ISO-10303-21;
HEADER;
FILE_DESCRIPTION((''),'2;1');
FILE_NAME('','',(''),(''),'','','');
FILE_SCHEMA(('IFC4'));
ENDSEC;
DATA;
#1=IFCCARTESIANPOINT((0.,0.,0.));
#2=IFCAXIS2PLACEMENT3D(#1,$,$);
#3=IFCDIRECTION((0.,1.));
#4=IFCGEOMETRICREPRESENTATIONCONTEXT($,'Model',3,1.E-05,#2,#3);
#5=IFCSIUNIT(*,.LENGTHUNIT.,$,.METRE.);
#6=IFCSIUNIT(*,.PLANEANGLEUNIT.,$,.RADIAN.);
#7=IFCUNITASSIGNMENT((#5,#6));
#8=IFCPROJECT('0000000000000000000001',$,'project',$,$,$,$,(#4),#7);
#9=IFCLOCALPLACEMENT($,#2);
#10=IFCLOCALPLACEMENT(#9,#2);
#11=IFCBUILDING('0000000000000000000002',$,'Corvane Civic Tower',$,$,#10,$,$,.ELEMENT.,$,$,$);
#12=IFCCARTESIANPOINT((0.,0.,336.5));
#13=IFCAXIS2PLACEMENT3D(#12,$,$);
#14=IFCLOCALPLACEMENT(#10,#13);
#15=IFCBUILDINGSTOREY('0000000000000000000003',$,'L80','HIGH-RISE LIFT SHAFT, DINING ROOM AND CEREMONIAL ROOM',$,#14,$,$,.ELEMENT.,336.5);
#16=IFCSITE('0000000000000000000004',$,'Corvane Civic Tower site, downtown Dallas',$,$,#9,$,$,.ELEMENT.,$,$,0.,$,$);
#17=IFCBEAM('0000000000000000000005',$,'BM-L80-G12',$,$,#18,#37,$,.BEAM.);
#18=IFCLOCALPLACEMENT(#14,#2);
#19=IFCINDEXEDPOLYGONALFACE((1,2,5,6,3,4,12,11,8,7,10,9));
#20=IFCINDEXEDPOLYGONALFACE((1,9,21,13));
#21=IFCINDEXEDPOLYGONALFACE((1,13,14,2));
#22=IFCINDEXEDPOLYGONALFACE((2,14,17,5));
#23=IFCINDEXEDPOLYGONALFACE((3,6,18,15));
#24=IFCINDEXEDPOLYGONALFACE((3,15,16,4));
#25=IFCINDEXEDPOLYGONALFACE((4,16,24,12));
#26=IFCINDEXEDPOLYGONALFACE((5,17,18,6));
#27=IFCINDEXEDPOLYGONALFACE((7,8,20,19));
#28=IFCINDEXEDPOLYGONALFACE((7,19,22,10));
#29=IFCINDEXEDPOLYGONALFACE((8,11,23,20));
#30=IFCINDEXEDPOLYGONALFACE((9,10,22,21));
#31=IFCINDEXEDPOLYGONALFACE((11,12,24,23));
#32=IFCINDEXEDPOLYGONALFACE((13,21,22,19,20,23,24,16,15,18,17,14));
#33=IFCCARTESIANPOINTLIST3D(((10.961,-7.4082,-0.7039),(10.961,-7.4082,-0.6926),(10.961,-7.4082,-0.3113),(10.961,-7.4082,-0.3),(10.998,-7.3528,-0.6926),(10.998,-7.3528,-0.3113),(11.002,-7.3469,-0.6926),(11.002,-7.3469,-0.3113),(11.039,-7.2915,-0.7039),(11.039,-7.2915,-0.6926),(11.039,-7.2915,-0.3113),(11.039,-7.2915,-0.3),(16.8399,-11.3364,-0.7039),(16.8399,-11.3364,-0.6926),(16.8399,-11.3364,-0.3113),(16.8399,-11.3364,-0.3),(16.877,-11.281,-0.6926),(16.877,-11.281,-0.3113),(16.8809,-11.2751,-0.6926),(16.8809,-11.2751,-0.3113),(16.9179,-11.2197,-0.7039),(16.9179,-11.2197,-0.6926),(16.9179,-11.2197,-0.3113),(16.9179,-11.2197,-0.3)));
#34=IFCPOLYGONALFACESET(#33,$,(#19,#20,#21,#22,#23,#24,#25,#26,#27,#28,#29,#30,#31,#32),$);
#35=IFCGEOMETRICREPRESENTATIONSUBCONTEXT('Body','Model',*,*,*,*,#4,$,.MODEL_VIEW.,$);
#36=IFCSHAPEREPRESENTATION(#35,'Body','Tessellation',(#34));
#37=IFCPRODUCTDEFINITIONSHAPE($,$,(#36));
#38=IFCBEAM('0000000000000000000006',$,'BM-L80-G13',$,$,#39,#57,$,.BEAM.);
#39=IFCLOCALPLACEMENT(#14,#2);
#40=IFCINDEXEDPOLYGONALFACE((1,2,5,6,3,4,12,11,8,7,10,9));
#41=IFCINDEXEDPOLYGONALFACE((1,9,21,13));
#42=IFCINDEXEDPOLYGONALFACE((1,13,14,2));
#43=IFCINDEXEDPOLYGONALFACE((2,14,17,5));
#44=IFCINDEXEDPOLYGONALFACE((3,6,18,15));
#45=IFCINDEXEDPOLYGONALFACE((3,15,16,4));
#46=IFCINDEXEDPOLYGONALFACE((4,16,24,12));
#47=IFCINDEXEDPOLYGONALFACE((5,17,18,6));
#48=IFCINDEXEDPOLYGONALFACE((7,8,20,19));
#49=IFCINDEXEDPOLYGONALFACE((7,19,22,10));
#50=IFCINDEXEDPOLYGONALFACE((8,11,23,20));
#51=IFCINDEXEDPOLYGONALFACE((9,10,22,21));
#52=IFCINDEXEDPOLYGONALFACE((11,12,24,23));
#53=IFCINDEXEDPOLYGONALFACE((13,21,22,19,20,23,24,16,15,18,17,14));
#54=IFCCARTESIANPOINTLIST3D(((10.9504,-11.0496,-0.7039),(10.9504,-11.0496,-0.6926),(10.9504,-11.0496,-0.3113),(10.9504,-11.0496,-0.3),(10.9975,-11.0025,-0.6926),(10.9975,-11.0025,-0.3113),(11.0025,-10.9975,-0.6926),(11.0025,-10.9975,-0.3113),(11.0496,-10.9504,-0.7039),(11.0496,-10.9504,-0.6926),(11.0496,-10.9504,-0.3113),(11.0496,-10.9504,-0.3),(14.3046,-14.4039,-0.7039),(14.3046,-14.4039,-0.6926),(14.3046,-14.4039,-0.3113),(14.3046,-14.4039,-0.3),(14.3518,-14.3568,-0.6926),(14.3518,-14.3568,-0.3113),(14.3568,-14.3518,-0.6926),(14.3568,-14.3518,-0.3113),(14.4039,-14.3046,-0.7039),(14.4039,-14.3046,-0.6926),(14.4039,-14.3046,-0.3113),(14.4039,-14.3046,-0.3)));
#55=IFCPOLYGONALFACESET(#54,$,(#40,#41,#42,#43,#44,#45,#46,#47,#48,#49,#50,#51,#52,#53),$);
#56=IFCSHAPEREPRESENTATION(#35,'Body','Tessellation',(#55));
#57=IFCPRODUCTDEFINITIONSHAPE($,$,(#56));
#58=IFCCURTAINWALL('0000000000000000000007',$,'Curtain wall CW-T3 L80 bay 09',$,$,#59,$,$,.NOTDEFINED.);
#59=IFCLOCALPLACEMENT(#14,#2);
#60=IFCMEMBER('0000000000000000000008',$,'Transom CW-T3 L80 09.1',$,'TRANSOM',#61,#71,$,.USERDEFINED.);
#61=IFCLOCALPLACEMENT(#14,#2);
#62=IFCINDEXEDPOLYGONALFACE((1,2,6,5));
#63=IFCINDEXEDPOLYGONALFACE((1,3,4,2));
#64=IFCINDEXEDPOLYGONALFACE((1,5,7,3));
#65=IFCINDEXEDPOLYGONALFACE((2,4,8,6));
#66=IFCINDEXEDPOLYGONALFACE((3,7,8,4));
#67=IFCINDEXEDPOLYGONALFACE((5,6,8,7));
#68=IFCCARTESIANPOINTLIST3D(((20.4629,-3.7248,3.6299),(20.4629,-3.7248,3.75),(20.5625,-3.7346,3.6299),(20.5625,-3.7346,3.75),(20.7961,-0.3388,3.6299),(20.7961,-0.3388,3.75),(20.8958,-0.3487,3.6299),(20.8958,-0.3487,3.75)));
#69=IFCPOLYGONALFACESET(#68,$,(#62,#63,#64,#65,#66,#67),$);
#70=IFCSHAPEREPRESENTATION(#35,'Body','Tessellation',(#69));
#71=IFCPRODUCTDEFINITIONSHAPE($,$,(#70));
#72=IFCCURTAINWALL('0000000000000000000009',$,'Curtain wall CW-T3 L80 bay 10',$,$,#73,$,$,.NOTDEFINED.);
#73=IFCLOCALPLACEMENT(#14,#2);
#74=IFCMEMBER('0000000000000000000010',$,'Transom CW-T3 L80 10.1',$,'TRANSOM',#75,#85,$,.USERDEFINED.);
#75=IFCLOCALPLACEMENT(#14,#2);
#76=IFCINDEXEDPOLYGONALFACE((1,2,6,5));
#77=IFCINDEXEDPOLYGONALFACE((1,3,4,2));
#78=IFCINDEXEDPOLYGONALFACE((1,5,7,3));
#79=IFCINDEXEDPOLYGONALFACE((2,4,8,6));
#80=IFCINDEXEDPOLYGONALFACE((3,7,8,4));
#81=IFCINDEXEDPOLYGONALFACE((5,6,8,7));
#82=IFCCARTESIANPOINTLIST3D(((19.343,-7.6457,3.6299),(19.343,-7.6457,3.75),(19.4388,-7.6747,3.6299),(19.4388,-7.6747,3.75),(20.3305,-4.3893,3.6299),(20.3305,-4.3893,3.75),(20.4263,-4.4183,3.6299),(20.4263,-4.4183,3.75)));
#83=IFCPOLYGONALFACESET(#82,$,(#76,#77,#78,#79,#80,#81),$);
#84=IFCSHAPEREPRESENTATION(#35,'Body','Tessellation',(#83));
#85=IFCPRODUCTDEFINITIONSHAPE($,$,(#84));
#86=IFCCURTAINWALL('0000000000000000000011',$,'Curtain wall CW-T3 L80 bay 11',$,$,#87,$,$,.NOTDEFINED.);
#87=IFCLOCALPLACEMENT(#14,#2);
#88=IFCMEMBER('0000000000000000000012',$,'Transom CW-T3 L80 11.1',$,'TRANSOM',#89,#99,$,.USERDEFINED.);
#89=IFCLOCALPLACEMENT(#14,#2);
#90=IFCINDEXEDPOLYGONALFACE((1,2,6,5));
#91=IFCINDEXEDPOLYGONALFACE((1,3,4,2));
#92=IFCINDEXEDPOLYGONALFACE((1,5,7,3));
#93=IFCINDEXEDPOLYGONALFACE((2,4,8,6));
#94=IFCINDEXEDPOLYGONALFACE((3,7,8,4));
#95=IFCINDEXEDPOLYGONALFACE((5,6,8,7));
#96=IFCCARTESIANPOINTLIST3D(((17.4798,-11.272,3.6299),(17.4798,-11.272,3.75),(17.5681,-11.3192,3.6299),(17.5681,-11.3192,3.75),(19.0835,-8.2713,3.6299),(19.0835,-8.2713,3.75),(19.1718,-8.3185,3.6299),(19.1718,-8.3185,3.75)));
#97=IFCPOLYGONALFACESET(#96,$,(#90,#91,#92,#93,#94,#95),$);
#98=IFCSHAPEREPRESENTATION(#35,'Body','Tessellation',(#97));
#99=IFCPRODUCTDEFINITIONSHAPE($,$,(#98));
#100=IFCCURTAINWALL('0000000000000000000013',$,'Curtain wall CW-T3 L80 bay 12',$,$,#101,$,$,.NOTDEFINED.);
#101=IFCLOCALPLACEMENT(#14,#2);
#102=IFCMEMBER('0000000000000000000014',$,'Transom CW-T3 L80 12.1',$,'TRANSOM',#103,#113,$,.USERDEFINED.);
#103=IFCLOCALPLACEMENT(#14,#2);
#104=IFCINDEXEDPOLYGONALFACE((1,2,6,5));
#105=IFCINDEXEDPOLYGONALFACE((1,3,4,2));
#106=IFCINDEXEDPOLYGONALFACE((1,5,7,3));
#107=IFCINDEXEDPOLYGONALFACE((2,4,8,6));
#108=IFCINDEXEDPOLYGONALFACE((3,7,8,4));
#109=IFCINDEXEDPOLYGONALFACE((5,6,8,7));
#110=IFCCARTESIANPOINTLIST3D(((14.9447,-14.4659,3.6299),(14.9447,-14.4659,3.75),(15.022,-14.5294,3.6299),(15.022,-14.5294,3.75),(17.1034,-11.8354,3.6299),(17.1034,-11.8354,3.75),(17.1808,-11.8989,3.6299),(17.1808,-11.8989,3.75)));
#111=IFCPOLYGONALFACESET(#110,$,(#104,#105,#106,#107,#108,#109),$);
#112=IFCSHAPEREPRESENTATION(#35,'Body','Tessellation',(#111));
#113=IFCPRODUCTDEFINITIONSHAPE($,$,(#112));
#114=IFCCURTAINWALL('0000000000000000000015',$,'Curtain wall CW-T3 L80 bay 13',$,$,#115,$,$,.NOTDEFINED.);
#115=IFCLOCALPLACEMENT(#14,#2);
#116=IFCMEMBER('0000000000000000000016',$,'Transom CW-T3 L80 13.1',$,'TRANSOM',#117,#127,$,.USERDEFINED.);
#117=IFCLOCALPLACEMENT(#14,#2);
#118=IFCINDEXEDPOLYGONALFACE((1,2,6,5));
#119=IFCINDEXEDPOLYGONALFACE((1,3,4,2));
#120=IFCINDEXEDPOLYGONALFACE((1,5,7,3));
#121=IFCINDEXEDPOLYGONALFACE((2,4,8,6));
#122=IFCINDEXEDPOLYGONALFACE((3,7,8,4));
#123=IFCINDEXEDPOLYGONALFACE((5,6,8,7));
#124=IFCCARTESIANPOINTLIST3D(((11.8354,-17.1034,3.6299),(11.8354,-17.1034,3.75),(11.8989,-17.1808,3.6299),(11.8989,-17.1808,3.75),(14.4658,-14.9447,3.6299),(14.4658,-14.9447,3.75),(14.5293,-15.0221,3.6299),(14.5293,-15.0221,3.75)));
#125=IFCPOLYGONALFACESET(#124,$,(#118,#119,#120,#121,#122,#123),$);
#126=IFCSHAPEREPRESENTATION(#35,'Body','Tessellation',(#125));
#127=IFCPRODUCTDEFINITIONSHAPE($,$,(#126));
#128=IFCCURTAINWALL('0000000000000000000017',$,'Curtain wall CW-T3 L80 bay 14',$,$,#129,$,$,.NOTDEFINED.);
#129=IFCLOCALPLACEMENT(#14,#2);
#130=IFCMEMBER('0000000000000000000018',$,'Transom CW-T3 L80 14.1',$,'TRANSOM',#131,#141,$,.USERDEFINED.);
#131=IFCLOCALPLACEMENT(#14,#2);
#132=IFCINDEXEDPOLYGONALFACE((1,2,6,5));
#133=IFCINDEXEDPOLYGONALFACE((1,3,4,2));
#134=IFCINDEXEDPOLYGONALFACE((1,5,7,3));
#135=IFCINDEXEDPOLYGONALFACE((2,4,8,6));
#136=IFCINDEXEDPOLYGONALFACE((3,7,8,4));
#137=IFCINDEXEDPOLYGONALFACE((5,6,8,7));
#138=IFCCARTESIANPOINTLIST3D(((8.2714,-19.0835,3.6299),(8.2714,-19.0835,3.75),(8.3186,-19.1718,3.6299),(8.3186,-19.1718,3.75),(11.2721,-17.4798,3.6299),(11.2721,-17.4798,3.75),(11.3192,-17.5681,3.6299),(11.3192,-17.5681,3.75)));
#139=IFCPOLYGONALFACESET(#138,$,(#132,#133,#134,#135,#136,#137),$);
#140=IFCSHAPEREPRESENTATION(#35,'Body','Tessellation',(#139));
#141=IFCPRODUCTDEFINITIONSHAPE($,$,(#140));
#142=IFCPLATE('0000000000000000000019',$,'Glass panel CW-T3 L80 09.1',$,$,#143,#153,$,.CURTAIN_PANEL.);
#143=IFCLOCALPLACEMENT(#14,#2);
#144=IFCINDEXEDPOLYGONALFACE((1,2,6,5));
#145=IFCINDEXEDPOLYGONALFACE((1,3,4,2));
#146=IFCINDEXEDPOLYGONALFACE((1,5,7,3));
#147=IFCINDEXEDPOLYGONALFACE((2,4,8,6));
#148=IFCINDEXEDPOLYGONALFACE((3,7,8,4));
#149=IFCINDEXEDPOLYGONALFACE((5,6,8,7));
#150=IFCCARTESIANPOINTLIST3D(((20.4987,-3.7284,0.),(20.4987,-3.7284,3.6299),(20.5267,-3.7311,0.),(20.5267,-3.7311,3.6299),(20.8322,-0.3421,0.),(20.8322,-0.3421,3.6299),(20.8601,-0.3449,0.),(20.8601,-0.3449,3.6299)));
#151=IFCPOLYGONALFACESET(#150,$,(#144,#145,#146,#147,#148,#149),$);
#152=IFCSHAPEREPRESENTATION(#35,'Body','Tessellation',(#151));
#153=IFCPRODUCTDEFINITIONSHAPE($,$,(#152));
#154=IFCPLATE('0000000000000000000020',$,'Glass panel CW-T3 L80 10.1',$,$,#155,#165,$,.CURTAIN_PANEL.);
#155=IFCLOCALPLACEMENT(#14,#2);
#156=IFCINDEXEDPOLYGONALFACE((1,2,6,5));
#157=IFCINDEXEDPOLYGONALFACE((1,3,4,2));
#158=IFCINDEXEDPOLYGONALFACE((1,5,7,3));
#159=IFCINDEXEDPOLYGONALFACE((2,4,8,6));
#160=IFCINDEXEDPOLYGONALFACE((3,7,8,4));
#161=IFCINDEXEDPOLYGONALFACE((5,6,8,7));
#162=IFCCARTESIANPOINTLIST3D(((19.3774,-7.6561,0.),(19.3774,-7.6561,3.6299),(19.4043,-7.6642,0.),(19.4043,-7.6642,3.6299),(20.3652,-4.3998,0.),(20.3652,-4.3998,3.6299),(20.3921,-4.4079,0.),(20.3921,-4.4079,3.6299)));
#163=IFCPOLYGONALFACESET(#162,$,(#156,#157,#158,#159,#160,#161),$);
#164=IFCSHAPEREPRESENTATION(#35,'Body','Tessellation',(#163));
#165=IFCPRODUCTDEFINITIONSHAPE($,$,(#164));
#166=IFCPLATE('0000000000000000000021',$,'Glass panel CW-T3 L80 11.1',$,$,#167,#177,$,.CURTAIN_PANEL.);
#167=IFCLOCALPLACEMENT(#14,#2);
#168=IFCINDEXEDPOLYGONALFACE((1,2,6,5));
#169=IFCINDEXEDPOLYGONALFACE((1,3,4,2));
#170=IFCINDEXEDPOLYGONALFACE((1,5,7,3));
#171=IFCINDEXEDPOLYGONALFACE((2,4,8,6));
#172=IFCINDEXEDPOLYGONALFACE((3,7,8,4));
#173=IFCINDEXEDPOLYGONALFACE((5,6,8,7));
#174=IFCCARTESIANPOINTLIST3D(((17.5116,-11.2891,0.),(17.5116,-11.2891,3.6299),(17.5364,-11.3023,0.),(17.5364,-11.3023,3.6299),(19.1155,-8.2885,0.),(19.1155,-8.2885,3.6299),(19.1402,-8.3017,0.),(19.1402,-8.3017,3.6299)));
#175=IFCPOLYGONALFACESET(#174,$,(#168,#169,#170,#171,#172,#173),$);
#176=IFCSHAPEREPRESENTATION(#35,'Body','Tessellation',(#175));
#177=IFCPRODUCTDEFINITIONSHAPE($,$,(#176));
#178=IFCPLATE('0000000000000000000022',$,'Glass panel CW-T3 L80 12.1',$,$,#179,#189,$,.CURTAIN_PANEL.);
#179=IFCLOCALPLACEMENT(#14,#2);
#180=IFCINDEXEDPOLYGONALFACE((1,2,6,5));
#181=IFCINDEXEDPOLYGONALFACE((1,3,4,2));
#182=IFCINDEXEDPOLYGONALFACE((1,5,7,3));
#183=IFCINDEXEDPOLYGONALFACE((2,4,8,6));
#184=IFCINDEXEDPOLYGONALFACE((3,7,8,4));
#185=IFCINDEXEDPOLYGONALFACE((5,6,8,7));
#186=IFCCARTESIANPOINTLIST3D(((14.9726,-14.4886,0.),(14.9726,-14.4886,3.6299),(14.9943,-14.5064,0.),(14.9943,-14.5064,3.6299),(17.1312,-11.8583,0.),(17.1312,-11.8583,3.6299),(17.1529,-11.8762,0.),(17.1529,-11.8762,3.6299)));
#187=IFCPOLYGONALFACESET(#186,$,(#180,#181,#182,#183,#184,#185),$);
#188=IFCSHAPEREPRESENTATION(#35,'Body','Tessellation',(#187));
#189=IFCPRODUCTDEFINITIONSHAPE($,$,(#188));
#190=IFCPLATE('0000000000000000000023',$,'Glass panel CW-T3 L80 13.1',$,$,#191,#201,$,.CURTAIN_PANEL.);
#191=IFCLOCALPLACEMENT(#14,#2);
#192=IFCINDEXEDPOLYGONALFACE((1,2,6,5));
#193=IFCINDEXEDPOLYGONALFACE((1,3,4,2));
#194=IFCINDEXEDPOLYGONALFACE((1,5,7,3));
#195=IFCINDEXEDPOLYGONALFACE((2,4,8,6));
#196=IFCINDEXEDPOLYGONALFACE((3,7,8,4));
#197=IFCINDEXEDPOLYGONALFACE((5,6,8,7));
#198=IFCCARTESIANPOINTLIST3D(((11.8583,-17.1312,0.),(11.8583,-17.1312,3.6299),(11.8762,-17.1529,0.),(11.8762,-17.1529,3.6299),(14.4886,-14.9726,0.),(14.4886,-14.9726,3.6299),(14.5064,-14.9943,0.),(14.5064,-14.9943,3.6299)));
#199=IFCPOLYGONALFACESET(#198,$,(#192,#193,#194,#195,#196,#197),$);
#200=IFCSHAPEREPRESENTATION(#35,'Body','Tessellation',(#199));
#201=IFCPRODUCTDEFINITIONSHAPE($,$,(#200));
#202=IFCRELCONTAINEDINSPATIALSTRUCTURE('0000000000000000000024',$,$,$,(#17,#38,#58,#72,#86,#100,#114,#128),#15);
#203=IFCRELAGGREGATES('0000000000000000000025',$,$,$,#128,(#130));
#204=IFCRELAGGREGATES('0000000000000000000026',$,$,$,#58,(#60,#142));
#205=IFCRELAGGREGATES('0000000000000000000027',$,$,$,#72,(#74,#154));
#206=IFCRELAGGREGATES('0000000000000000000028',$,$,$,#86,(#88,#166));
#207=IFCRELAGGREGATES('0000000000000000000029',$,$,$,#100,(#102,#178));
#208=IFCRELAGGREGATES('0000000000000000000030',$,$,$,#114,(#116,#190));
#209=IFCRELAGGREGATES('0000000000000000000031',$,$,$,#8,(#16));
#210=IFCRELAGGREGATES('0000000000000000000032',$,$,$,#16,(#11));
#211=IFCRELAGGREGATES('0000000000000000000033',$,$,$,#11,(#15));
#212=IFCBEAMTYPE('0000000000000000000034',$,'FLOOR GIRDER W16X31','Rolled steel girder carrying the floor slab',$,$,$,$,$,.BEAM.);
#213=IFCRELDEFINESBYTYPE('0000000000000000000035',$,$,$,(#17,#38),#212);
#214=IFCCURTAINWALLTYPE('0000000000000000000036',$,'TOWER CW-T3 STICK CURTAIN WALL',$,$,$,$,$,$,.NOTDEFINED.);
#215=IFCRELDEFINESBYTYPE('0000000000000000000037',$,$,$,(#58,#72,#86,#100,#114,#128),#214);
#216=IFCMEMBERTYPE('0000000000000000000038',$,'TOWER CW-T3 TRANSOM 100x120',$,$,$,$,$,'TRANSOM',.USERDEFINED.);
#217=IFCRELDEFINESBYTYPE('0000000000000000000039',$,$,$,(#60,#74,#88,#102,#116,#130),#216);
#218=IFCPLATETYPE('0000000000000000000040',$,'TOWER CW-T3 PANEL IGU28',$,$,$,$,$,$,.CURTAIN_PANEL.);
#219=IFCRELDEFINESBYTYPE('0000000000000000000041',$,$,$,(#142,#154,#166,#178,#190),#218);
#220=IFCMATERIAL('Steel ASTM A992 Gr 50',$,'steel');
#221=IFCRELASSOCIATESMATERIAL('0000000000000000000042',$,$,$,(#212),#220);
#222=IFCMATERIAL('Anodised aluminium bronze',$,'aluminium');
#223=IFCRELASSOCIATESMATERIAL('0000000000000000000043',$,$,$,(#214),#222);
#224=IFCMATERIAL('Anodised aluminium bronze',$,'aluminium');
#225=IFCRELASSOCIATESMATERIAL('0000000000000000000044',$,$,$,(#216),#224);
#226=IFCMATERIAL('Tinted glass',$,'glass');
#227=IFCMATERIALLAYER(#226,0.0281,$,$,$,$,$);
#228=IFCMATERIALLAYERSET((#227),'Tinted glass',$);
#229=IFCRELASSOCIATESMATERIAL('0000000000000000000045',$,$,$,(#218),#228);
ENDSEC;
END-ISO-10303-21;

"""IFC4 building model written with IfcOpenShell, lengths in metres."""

from ifc_helpers import new_model, si_unit, direction, frame, origin, origin_2d, place, context, subcontext, project, spatial, rectangle, i_section, extrude, material, layer, layer_set, material_profile, profile_set, type_object, element, aggregate, save


model = new_model("IFC4")

# Units and contexts
model_context = context("Model", 3, precision=1e-05, world=origin(), true_north=direction((0.0, 1.0)))
body_context = subcontext(model_context, "Body", "Model", "MODEL_VIEW")
ifc_project = project(units=[si_unit("LENGTHUNIT", "METRE"), si_unit("PLANEANGLEUNIT", "RADIAN")], contexts=[model_context])

# Site, building, storey
site_placement = place(None, origin())
site = spatial("IfcSite", under=ifc_project, at=site_placement, Name="Corvane Civic Tower site, downtown Dallas", CompositionType="ELEMENT", RefElevation=0.0)
building_placement = place(site_placement, origin())
building = spatial("IfcBuilding", under=site, at=building_placement, Name="Corvane Civic Tower", CompositionType="ELEMENT")
storey_placement = place(building_placement, frame((0.0, 0.0, 336.5)))
storey = spatial("IfcBuildingStorey", under=building, at=storey_placement, Name="L80", Description="HIGH-RISE LIFT SHAFT, DINING ROOM AND CEREMONIAL ROOM", CompositionType="ELEMENT", Elevation=336.5)

# Beams
ifc_material_1 = material(Name="Steel ASTM A992 Gr 50", Category="steel")
ifc_material_profile_1 = material_profile(ifc_material_1, i_section(OverallWidth=0.1404, OverallDepth=0.4038, WebThickness=0.0071, FlangeThickness=0.0112, at=origin_2d()), Name="W16X31")
ifc_profile_set_1 = profile_set([ifc_material_profile_1], Name="Steel ASTM A992 Gr 50")
beam_type_1 = type_object("IfcBeamType", Name="FLOOR GIRDER W16X31", Description="Rolled steel girder carrying the floor slab", PredefinedType="BEAM", material=ifc_profile_set_1)
beam_1_placement = place(storey_placement, frame((11.0, -7.3499, -0.502), z_axis=(0.831465, -0.555576, 0.0), x_axis=(0.555576, 0.831465, 0.0)))
element("IfcBeam", 1, at=beam_1_placement, inside=storey, type_object=beam_type_1, Name="BM-L80-G12", PredefinedType="BEAM", context=body_context, shape_type="SweptSolid", body=[
    extrude(i_section(OverallWidth=0.1404, OverallDepth=0.4038, WebThickness=0.0071, FlangeThickness=0.0112, at=origin_2d()), origin(), (0.0, 0.0, 1.0), 7.0706),
])
beam_2_placement = place(storey_placement, frame((11.0, -11.0, -0.502), z_axis=(0.707107, -0.707107, 0.0), x_axis=(0.707107, 0.707107, 0.0)))
element("IfcBeam", 2, at=beam_2_placement, inside=storey, type_object=beam_type_1, Name="BM-L80-G13", PredefinedType="BEAM", context=body_context, shape_type="SweptSolid", body=[
    extrude(i_section(OverallWidth=0.1404, OverallDepth=0.4038, WebThickness=0.0071, FlangeThickness=0.0112, at=origin_2d()), origin(), (0.0, 0.0, 1.0), 4.7437),
])

# Curtain walls, members
ifc_material_2 = material(Name="Anodised aluminium bronze", Category="aluminium")
curtain_wall_type = type_object("IfcCurtainWallType", Name="TOWER CW-T3 STICK CURTAIN WALL", PredefinedType="NOTDEFINED", material=ifc_material_2)
curtain_wall_1_placement = place(storey_placement, origin())
curtain_wall_1 = element("IfcCurtainWall", 3, at=curtain_wall_1_placement, inside=storey, type_object=curtain_wall_type, Name="Curtain wall CW-T3 L80 bay 09", PredefinedType="NOTDEFINED")
ifc_material_3 = material(Name="Anodised aluminium bronze", Category="aluminium")
ifc_material_profile_2 = material_profile(ifc_material_3, rectangle(XDim=0.1001, YDim=0.1201, at=origin_2d()), Name="TOWER CW-T3 TRANSOM 100x120")
ifc_profile_set_2 = profile_set([ifc_material_profile_2], Name="Anodised aluminium bronze")
member_type = type_object("IfcMemberType", Name="TOWER CW-T3 TRANSOM 100x120", ElementType="TRANSOM", PredefinedType="USERDEFINED", material=ifc_profile_set_2)
member_1_placement = place(storey_placement, frame((20.8459, -0.3438, 3.6899), z_axis=(-0.097948, -0.995192, 0.0), x_axis=(0.995192, -0.097948, 0.0)))
member_1 = element("IfcMember", 4, at=member_1_placement, type_object=member_type, Name="Transom CW-T3 L80 09.1", ObjectType="TRANSOM", PredefinedType="USERDEFINED", context=body_context, shape_type="SweptSolid", body=[
    extrude(rectangle(XDim=0.1001, YDim=0.1201, at=origin_2d()), origin(), (0.0, 0.0, 1.0), 3.4023),
])
curtain_wall_2_placement = place(storey_placement, origin())
curtain_wall_2 = element("IfcCurtainWall", 5, at=curtain_wall_2_placement, inside=storey, type_object=curtain_wall_type, Name="Curtain wall CW-T3 L80 bay 10", PredefinedType="NOTDEFINED")
member_2_placement = place(storey_placement, frame((20.3784, -4.4038, 3.6899), z_axis=(-0.290216, -0.956961, 0.0), x_axis=(0.956961, -0.290216, 0.0)))
member_2 = element("IfcMember", 6, at=member_2_placement, type_object=member_type, Name="Transom CW-T3 L80 10.1", ObjectType="TRANSOM", PredefinedType="USERDEFINED", context=body_context, shape_type="SweptSolid", body=[
    extrude(rectangle(XDim=0.1001, YDim=0.1201, at=origin_2d()), origin(), (0.0, 0.0, 1.0), 3.4028),
])
curtain_wall_3_placement = place(storey_placement, origin())
curtain_wall_3 = element("IfcCurtainWall", 7, at=curtain_wall_3_placement, inside=storey, type_object=curtain_wall_type, Name="Curtain wall CW-T3 L80 bay 11", PredefinedType="NOTDEFINED")
member_3_placement = place(storey_placement, frame((19.1277, -8.2949, 3.6899), z_axis=(-0.471359, -0.881941, 0.0), x_axis=(0.881941, -0.471359, 0.0)))
member_3 = element("IfcMember", 8, at=member_3_placement, type_object=member_type, Name="Transom CW-T3 L80 11.1", ObjectType="TRANSOM", PredefinedType="USERDEFINED", context=body_context, shape_type="SweptSolid", body=[
    extrude(rectangle(XDim=0.1001, YDim=0.1201, at=origin_2d()), origin(), (0.0, 0.0, 1.0), 3.4023),
])
curtain_wall_4_placement = place(storey_placement, origin())
curtain_wall_4 = element("IfcCurtainWall", 9, at=curtain_wall_4_placement, inside=storey, type_object=curtain_wall_type, Name="Curtain wall CW-T3 L80 bay 12", PredefinedType="NOTDEFINED")
member_4_placement = place(storey_placement, frame((17.1421, -11.8672, 3.6899), z_axis=(-0.634394, -0.77301, 0.0), x_axis=(0.77301, -0.634394, 0.0)))
member_4 = element("IfcMember", 10, at=member_4_placement, type_object=member_type, Name="Transom CW-T3 L80 12.1", ObjectType="TRANSOM", PredefinedType="USERDEFINED", context=body_context, shape_type="SweptSolid", body=[
    extrude(rectangle(XDim=0.1001, YDim=0.1201, at=origin_2d()), origin(), (0.0, 0.0, 1.0), 3.4028),
])
curtain_wall_5_placement = place(storey_placement, origin())
curtain_wall_5 = element("IfcCurtainWall", 11, at=curtain_wall_5_placement, inside=storey, type_object=curtain_wall_type, Name="Curtain wall CW-T3 L80 bay 13", PredefinedType="NOTDEFINED")
member_5_placement = place(storey_placement, frame((14.4976, -14.9834, 3.6899), z_axis=(-0.77301, -0.634394, 0.0), x_axis=(0.634394, -0.77301, 0.0)))
member_5 = element("IfcMember", 12, at=member_5_placement, type_object=member_type, Name="Transom CW-T3 L80 13.1", ObjectType="TRANSOM", PredefinedType="USERDEFINED", context=body_context, shape_type="SweptSolid", body=[
    extrude(rectangle(XDim=0.1001, YDim=0.1201, at=origin_2d()), origin(), (0.0, 0.0, 1.0), 3.4028),
])
curtain_wall_6_placement = place(storey_placement, origin())
curtain_wall_6 = element("IfcCurtainWall", 13, at=curtain_wall_6_placement, inside=storey, type_object=curtain_wall_type, Name="Curtain wall CW-T3 L80 bay 14", PredefinedType="NOTDEFINED")
member_6_placement = place(storey_placement, frame((11.2957, -17.5239, 3.6899), z_axis=(-0.881941, -0.471359, 0.0), x_axis=(0.471359, -0.881941, 0.0)))
member_6 = element("IfcMember", 14, at=member_6_placement, type_object=member_type, Name="Transom CW-T3 L80 14.1", ObjectType="TRANSOM", PredefinedType="USERDEFINED", context=body_context, shape_type="SweptSolid", body=[
    extrude(rectangle(XDim=0.1001, YDim=0.1201, at=origin_2d()), origin(), (0.0, 0.0, 1.0), 3.4023),
])
aggregate(curtain_wall_6, [member_6])

# Plates
ifc_material_4 = material(Name="Tinted glass", Category="glass")
ifc_layer_1 = layer(ifc_material_4, 0.0281)
ifc_layer_set_1 = layer_set([ifc_layer_1], Name="Tinted glass")
plate_type = type_object("IfcPlateType", Name="TOWER CW-T3 PANEL IGU28", PredefinedType="CURTAIN_PANEL", material=ifc_layer_set_1)
plate_1_placement = place(storey_placement, frame((20.6794, -2.0366, 0.0), z_axis=(0.0, 0.0, 1.0), x_axis=(-0.097998, -0.995187, 0.0)))
plate_1 = element("IfcPlate", 15, at=plate_1_placement, type_object=plate_type, Name="Glass panel CW-T3 L80 09.1", PredefinedType="CURTAIN_PANEL", context=body_context, shape_type="SweptSolid", body=[
    extrude(rectangle(XDim=3.4026, YDim=0.0281, at=origin_2d()), origin(), (0.0, 0.0, 1.0), 3.6299),
])
aggregate(curtain_wall_1, [member_1, plate_1])
plate_2_placement = place(storey_placement, frame((19.8848, -6.032, 0.0), z_axis=(0.0, 0.0, 1.0), x_axis=(-0.29029, -0.956939, 0.0)))
plate_2 = element("IfcPlate", 16, at=plate_2_placement, type_object=plate_type, Name="Glass panel CW-T3 L80 10.1", PredefinedType="CURTAIN_PANEL", context=body_context, shape_type="SweptSolid", body=[
    extrude(rectangle(XDim=3.4028, YDim=0.0281, at=origin_2d()), origin(), (0.0, 0.0, 1.0), 3.6299),
])
aggregate(curtain_wall_2, [member_2, plate_2])
plate_3_placement = place(storey_placement, frame((18.3259, -9.7954, 0.0), z_axis=(0.0, 0.0, 1.0), x_axis=(-0.471384, -0.881928, 0.0)))
plate_3 = element("IfcPlate", 17, at=plate_3_placement, type_object=plate_type, Name="Glass panel CW-T3 L80 11.1", PredefinedType="CURTAIN_PANEL", context=body_context, shape_type="SweptSolid", body=[
    extrude(rectangle(XDim=3.4023, YDim=0.0281, at=origin_2d()), origin(), (0.0, 0.0, 1.0), 3.6299),
])
aggregate(curtain_wall_3, [member_3, plate_3])
plate_4_placement = place(storey_placement, frame((16.0627, -13.1824, 0.0), z_axis=(0.0, 0.0, 1.0), x_axis=(-0.634393, -0.77301, 0.0)))
plate_4 = element("IfcPlate", 18, at=plate_4_placement, type_object=plate_type, Name="Glass panel CW-T3 L80 12.1", PredefinedType="CURTAIN_PANEL", context=body_context, shape_type="SweptSolid", body=[
    extrude(rectangle(XDim=3.4026, YDim=0.0281, at=origin_2d()), origin(), (0.0, 0.0, 1.0), 3.6299),
])
aggregate(curtain_wall_4, [member_4, plate_4])
plate_5_placement = place(storey_placement, frame((13.1824, -16.0627, 0.0), z_axis=(0.0, 0.0, 1.0), x_axis=(-0.77301, -0.634393, 0.0)))
plate_5 = element("IfcPlate", 19, at=plate_5_placement, type_object=plate_type, Name="Glass panel CW-T3 L80 13.1", PredefinedType="CURTAIN_PANEL", context=body_context, shape_type="SweptSolid", body=[
    extrude(rectangle(XDim=3.4026, YDim=0.0281, at=origin_2d()), origin(), (0.0, 0.0, 1.0), 3.6299),
])
aggregate(curtain_wall_5, [member_5, plate_5])

save(model, "model.ifc")
